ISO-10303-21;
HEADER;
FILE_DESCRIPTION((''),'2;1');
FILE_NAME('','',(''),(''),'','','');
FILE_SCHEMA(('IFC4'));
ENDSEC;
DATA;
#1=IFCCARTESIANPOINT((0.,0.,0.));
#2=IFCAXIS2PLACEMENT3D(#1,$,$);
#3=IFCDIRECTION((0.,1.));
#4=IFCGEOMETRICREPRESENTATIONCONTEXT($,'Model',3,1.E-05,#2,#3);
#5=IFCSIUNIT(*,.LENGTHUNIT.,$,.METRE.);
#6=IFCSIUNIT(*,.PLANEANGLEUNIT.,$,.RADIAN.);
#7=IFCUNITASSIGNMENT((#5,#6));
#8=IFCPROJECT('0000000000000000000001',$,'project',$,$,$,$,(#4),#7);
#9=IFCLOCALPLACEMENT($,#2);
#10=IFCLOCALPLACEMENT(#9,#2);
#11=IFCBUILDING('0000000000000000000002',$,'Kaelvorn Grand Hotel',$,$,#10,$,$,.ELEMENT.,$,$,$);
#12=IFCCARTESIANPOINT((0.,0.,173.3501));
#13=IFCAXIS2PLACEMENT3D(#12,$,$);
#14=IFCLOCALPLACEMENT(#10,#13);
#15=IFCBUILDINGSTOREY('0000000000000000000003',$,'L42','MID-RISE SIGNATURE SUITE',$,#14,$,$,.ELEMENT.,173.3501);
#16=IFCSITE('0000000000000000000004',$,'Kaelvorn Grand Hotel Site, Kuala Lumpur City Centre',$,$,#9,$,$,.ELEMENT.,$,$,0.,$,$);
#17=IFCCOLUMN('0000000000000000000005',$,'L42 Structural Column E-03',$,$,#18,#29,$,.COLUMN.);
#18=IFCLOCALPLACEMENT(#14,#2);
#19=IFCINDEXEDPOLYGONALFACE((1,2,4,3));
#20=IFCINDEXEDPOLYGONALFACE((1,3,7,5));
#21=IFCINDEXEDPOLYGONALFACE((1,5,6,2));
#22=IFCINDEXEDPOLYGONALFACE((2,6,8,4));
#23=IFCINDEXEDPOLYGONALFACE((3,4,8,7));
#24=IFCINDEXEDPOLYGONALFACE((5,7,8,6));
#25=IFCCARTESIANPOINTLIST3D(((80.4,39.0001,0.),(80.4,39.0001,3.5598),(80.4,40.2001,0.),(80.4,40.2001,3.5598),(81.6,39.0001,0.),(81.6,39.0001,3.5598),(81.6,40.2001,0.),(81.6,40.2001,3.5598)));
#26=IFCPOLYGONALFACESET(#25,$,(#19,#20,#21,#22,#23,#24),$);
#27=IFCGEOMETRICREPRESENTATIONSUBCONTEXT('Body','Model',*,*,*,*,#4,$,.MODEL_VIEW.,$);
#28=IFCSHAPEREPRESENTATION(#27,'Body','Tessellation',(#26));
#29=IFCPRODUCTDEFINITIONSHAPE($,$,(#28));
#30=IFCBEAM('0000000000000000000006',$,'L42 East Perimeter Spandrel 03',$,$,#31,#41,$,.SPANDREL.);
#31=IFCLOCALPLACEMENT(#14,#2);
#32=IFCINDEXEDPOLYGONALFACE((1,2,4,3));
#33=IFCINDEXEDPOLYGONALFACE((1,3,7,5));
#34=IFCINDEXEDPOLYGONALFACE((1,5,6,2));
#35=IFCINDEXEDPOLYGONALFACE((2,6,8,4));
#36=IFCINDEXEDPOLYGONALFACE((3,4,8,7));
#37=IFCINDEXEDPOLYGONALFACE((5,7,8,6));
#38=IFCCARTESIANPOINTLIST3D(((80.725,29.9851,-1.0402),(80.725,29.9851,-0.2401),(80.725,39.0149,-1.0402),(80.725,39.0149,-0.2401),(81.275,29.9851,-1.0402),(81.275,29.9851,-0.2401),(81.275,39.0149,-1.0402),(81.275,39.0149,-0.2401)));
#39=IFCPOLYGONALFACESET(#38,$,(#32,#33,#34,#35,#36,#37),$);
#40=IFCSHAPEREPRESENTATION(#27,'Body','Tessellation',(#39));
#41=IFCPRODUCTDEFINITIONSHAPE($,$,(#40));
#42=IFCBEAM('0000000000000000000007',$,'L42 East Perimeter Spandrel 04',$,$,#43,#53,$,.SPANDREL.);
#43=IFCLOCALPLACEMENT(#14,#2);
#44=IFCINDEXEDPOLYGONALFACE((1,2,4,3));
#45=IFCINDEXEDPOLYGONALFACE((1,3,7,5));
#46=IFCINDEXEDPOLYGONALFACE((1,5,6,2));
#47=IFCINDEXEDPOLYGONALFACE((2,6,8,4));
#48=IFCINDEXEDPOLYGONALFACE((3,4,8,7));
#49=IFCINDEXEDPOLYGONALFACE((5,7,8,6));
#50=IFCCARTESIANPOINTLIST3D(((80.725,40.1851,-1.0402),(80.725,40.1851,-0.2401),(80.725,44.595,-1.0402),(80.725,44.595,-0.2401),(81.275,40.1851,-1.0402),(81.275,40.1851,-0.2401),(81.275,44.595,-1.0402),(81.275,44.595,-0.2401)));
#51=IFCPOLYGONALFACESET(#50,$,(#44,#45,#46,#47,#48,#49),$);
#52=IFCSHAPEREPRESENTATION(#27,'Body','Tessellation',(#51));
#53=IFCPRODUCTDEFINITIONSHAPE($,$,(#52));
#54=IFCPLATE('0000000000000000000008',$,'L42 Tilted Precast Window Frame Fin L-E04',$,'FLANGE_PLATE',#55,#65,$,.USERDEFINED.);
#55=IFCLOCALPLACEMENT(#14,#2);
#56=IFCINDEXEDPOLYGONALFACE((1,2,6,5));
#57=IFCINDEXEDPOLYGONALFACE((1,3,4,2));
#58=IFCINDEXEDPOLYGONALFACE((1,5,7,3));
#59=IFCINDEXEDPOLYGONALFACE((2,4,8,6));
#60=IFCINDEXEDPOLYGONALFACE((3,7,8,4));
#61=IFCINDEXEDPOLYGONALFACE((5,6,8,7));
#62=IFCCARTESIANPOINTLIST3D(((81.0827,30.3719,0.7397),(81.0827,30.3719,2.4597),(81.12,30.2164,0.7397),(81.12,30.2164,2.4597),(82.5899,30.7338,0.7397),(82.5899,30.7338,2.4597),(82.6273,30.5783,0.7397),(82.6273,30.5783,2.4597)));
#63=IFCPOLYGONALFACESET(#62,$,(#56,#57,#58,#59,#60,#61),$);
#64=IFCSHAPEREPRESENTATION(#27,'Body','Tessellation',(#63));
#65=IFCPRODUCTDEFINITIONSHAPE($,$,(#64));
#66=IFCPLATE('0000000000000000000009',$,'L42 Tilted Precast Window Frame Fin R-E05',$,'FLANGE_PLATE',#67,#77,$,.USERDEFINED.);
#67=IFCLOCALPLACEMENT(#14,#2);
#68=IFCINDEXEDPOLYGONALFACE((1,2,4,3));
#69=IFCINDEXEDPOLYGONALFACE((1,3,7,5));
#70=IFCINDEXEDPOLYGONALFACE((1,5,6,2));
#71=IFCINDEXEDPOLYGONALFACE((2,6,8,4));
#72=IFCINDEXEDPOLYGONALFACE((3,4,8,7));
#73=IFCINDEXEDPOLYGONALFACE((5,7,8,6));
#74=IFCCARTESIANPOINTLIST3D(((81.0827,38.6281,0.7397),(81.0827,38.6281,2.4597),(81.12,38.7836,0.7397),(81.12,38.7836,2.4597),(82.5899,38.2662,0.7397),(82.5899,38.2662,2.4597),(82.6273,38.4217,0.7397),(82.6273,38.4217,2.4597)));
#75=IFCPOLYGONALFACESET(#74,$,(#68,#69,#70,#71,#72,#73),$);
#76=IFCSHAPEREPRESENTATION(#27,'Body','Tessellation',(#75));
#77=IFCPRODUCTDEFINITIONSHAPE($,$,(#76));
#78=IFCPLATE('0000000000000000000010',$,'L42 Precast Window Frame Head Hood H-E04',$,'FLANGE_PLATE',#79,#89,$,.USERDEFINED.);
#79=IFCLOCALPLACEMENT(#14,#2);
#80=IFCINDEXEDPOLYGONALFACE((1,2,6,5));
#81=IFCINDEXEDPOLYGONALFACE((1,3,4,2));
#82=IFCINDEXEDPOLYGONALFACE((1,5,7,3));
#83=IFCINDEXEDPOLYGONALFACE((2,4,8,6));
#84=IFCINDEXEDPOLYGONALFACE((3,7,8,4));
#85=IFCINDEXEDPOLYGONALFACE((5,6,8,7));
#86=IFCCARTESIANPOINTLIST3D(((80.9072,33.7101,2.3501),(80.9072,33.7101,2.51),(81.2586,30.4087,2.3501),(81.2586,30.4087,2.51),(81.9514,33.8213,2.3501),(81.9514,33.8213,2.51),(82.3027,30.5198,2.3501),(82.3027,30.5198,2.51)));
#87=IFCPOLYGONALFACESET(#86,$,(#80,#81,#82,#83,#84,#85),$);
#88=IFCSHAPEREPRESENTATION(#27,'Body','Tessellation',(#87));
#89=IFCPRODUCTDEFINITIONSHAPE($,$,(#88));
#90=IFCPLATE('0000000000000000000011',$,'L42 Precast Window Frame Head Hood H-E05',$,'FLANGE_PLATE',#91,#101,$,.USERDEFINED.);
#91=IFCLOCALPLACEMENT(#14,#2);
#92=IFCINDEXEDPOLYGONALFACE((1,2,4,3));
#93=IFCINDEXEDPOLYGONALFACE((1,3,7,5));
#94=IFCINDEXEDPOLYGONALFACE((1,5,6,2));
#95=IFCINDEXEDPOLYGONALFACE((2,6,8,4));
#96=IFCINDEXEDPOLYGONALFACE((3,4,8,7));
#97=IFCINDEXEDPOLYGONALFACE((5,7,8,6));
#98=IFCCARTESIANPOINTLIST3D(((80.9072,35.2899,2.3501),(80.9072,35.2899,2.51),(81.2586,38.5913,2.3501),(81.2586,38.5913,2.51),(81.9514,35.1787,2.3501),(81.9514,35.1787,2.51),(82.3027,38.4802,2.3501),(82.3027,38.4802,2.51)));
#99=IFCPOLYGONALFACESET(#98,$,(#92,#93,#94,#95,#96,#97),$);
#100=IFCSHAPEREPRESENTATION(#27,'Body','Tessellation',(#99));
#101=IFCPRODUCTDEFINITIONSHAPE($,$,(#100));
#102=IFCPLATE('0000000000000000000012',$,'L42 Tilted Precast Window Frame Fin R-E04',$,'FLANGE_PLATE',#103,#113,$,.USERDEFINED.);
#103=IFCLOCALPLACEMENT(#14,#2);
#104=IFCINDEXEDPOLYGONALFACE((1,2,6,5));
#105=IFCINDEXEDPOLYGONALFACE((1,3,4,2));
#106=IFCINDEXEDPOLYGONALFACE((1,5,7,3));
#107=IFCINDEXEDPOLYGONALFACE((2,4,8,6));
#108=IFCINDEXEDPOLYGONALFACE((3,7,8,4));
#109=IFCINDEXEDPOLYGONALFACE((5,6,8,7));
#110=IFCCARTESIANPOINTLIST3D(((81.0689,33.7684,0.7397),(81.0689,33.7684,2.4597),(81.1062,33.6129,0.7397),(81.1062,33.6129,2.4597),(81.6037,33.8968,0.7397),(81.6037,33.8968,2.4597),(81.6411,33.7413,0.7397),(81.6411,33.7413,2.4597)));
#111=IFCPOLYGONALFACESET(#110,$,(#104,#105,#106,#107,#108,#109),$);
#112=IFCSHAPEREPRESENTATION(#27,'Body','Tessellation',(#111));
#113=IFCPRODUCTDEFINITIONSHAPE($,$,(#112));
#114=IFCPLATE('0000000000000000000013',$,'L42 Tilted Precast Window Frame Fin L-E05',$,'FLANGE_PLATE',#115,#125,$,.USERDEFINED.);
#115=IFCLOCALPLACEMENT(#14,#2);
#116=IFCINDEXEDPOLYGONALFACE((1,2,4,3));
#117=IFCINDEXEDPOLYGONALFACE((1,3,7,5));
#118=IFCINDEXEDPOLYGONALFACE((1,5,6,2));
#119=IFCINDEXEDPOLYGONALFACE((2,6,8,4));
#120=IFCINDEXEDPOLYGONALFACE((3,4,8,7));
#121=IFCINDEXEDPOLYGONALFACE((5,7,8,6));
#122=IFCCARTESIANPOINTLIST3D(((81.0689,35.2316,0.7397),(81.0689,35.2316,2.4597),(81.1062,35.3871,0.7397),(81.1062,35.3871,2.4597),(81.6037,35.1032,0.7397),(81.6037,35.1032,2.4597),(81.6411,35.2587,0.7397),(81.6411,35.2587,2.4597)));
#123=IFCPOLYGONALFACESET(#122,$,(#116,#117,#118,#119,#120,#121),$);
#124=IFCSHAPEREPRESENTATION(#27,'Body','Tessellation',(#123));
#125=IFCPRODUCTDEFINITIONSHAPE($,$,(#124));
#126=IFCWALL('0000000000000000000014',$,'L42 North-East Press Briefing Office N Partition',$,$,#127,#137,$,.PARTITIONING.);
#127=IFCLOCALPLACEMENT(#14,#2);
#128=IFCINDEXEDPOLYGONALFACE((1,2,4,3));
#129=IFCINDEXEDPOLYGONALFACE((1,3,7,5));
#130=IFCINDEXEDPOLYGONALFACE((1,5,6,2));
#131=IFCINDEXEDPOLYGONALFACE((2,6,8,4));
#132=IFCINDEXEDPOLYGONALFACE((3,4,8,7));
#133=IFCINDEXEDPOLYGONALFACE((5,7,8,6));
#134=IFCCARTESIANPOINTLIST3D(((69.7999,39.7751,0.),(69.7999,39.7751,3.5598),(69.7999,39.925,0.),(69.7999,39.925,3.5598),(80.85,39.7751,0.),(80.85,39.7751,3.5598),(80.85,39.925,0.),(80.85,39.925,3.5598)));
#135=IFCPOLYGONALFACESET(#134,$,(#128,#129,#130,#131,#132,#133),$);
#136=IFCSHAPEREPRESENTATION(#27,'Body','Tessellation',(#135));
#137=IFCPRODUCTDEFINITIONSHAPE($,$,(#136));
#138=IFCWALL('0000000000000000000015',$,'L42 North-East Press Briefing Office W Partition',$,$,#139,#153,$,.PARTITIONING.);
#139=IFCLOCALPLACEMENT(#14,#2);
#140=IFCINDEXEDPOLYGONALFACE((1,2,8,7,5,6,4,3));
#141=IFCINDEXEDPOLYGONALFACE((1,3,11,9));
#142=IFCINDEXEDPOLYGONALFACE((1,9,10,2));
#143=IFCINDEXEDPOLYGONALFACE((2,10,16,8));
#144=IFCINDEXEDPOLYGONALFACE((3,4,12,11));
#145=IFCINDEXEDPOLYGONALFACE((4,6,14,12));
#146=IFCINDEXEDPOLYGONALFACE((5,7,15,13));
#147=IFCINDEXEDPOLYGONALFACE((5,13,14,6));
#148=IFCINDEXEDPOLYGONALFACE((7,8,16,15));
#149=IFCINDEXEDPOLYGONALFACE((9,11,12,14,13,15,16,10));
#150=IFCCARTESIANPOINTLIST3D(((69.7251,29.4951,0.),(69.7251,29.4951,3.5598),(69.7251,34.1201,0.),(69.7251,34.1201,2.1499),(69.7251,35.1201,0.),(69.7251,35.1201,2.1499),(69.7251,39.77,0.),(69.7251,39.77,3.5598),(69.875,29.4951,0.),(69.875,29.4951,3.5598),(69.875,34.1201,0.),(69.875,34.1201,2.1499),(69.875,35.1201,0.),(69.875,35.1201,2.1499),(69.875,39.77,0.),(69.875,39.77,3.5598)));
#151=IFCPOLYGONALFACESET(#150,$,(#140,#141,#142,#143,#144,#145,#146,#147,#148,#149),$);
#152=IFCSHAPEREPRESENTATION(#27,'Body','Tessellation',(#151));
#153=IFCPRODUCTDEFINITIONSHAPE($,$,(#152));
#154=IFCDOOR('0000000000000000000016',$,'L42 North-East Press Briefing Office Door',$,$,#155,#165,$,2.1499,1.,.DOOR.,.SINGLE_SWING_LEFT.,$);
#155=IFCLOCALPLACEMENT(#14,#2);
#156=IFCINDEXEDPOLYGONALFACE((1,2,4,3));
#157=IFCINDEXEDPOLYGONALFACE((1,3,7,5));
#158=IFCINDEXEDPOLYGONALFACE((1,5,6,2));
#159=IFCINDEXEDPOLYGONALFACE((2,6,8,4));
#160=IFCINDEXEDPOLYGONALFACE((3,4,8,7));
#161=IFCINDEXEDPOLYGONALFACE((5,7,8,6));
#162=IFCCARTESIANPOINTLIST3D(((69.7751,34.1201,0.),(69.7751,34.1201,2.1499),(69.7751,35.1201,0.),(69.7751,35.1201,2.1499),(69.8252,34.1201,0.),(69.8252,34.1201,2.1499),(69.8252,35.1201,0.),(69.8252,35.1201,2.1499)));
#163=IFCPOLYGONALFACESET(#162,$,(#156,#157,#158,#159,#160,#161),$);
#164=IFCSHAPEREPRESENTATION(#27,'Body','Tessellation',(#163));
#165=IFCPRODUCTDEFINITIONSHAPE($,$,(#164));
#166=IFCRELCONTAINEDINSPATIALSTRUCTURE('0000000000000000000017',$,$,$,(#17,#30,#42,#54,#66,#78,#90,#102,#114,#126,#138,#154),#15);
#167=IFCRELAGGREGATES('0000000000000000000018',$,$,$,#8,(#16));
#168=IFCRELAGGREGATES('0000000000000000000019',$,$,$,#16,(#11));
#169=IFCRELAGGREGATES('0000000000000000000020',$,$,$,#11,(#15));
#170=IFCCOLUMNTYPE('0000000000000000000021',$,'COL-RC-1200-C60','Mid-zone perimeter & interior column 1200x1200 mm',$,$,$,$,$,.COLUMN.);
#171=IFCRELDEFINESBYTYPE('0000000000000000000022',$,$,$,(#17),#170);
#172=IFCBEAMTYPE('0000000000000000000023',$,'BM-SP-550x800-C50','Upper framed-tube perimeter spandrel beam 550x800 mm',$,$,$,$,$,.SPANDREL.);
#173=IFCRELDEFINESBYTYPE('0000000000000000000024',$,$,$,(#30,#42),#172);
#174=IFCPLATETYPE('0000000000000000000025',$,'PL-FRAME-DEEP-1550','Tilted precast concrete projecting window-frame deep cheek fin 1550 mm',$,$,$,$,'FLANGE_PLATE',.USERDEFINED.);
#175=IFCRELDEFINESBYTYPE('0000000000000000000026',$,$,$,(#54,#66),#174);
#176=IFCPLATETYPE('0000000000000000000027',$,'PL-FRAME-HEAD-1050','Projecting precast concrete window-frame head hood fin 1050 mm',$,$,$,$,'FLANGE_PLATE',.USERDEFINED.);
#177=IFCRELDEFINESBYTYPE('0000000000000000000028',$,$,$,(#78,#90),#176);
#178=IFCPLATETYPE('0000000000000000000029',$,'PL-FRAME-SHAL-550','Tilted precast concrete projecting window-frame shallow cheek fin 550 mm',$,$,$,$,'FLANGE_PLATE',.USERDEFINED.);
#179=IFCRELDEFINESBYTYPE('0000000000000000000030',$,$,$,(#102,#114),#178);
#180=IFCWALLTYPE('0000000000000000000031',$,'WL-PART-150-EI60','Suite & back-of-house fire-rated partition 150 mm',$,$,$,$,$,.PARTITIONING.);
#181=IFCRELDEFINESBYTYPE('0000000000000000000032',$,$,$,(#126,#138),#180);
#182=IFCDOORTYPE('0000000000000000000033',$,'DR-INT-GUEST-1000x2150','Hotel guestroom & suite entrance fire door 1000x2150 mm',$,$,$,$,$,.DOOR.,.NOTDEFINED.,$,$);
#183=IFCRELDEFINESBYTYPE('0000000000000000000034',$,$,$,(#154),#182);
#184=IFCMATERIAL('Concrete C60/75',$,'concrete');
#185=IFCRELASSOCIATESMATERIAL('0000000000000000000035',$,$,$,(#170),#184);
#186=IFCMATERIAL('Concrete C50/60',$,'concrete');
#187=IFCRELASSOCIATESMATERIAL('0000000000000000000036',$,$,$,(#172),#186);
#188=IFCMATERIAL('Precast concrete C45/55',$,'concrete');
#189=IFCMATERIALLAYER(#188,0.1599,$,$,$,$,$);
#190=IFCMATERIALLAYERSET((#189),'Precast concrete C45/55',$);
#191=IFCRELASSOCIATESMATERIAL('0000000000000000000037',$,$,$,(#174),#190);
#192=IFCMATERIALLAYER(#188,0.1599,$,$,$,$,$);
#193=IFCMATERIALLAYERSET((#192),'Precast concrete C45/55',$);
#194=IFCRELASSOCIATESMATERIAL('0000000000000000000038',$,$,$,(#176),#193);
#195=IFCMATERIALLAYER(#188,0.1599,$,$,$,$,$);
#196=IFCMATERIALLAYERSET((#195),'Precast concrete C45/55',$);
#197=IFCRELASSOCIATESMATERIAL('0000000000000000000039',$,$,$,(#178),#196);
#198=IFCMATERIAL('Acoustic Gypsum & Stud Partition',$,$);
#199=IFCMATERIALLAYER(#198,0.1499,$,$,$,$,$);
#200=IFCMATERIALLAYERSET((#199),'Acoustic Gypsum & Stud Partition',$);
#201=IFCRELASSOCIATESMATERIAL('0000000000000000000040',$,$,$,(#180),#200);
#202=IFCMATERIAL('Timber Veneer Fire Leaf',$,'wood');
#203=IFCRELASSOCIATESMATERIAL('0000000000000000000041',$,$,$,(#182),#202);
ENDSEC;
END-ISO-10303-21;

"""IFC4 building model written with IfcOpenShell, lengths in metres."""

from ifc_helpers import new_model, si_unit, direction, frame, frame_2d, origin, origin_2d, place, context, subcontext, project, spatial, rectangle, extrude, material, layer, layer_set, material_profile, profile_set, type_object, element, fill, save


model = new_model("IFC4")

# Units and contexts
model_context = context("Model", 3, precision=1e-05, world=origin(), true_north=direction((0.0, 1.0)))
body_context = subcontext(model_context, "Body", "Model", "MODEL_VIEW")
ifc_project = project(units=[si_unit("LENGTHUNIT", "METRE"), si_unit("PLANEANGLEUNIT", "RADIAN")], contexts=[model_context])

# Site, building, storey
site_placement = place(None, origin())
site = spatial("IfcSite", under=ifc_project, at=site_placement, Name="Kaelvorn Grand Hotel Site, Kuala Lumpur City Centre", CompositionType="ELEMENT", RefElevation=0.0)
building_placement = place(site_placement, origin())
building = spatial("IfcBuilding", under=site, at=building_placement, Name="Kaelvorn Grand Hotel", CompositionType="ELEMENT")
storey_placement = place(building_placement, frame((0.0, 0.0, 173.3501)))
storey = spatial("IfcBuildingStorey", under=building, at=storey_placement, Name="L42", Description="MID-RISE SIGNATURE SUITE", CompositionType="ELEMENT", Elevation=173.3501)

# Column
ifc_material_1 = material(Name="Concrete C60/75", Category="concrete")
ifc_material_profile_1 = material_profile(ifc_material_1, rectangle(XDim=1.2, YDim=1.2, at=origin_2d()), Name="RC COL 1200x1200")
ifc_profile_set_1 = profile_set([ifc_material_profile_1], Name="Concrete C60/75")
column_type = type_object("IfcColumnType", Name="COL-RC-1200-C60", Description="Mid-zone perimeter & interior column 1200x1200 mm", PredefinedType="COLUMN", material=ifc_profile_set_1)
column_placement = place(storey_placement, frame((81.0, 39.6001, 0.0), z_axis=(0.0, 0.0, 1.0), x_axis=(1.0, 0.0, 0.0)))
element("IfcColumn", 1, at=column_placement, inside=storey, type_object=column_type, Name="L42 Structural Column E-03", PredefinedType="COLUMN", context=body_context, shape_type="SweptSolid", body=[
    extrude(rectangle(XDim=1.2, YDim=1.2, at=origin_2d()), origin(), (0.0, 0.0, 1.0), 3.5598),
])

# Beams
ifc_material_2 = material(Name="Concrete C50/60", Category="concrete")
ifc_material_profile_2 = material_profile(ifc_material_2, rectangle(XDim=0.55, YDim=0.8, at=origin_2d()), Name="RC SPANDREL 550x800")
ifc_profile_set_2 = profile_set([ifc_material_profile_2], Name="Concrete C50/60")
beam_type = type_object("IfcBeamType", Name="BM-SP-550x800-C50", Description="Upper framed-tube perimeter spandrel beam 550x800 mm", PredefinedType="SPANDREL", material=ifc_profile_set_2)
beam_1_placement = place(storey_placement, frame((81.0, 29.9851, -0.6401), z_axis=(0.0, 1.0, 0.0), x_axis=(-1.0, 0.0, 0.0)))
element("IfcBeam", 2, at=beam_1_placement, inside=storey, type_object=beam_type, Name="L42 East Perimeter Spandrel 03", PredefinedType="SPANDREL", context=body_context, shape_type="SweptSolid", body=[
    extrude(rectangle(XDim=0.55, YDim=0.8, at=origin_2d()), origin(), (0.0, 0.0, 1.0), 9.0298),
])
beam_2_placement = place(storey_placement, frame((81.0, 40.1851, -0.6401), z_axis=(0.0, 1.0, 0.0), x_axis=(-1.0, 0.0, 0.0)))
element("IfcBeam", 3, at=beam_2_placement, inside=storey, type_object=beam_type, Name="L42 East Perimeter Spandrel 04", PredefinedType="SPANDREL", context=body_context, shape_type="SweptSolid", body=[
    extrude(rectangle(XDim=0.55, YDim=0.8, at=origin_2d()), origin(), (0.0, 0.0, 1.0), 4.4099),
])

# Plates
ifc_material_3 = material(Name="Precast concrete C45/55", Category="concrete")
ifc_layer_1 = layer(ifc_material_3, 0.1599)
ifc_layer_set_1 = layer_set([ifc_layer_1], Name="Precast concrete C45/55")
plate_type_1 = type_object("IfcPlateType", Name="PL-FRAME-DEEP-1550", Description="Tilted precast concrete projecting window-frame deep cheek fin 1550 mm", ElementType="FLANGE_PLATE", PredefinedType="USERDEFINED", material=ifc_layer_set_1)
for number, where, z_axis, x_axis, name in (
    (4, (81.855, 30.4751, 0.7397), (0.0, 0.0, 1.0), (-0.233445, 0.97237, 0.0), "L42 Tilted Precast Window Frame Fin L-E04"),
    (5, (81.855, 38.5249, 0.7397), (0.0, 0.0, 1.0), (0.233445, 0.97237, 0.0), "L42 Tilted Precast Window Frame Fin R-E05"),
):
    element("IfcPlate", number, at=place(storey_placement, frame(where, z_axis=z_axis, x_axis=x_axis)), inside=storey, type_object=plate_type_1, Name=name, ObjectType="FLANGE_PLATE", PredefinedType="USERDEFINED", context=body_context, shape_type="SweptSolid", body=[
        extrude(rectangle(XDim=0.1599, YDim=1.55, at=origin_2d()), origin(), (0.0, 0.0, 1.0), 1.72),
    ])
ifc_layer_2 = layer(ifc_material_3, 0.1599)
ifc_layer_set_2 = layer_set([ifc_layer_2], Name="Precast concrete C45/55")
plate_type_2 = type_object("IfcPlateType", Name="PL-FRAME-HEAD-1050", Description="Projecting precast concrete window-frame head hood fin 1050 mm", ElementType="FLANGE_PLATE", PredefinedType="USERDEFINED", material=ifc_layer_set_2)
for number, where, z_axis, x_axis, name in (
    (6, (81.605, 32.115, 2.3501), (0.0, 0.0, 1.0), (-0.10583, 0.994384, 0.0), "L42 Precast Window Frame Head Hood H-E04"),
    (7, (81.605, 36.885, 2.3501), (0.0, 0.0, 1.0), (0.10583, 0.994384, 0.0), "L42 Precast Window Frame Head Hood H-E05"),
):
    element("IfcPlate", number, at=place(storey_placement, frame(where, z_axis=z_axis, x_axis=x_axis)), inside=storey, type_object=plate_type_2, Name=name, ObjectType="FLANGE_PLATE", PredefinedType="USERDEFINED", context=body_context, shape_type="SweptSolid", body=[
        extrude(rectangle(XDim=3.3201, YDim=1.05, at=origin_2d()), origin(), (0.0, 0.0, 1.0), 0.1599),
    ])
ifc_layer_3 = layer(ifc_material_3, 0.1599)
ifc_layer_set_3 = layer_set([ifc_layer_3], Name="Precast concrete C45/55")
plate_type_3 = type_object("IfcPlateType", Name="PL-FRAME-SHAL-550", Description="Tilted precast concrete projecting window-frame shallow cheek fin 550 mm", ElementType="FLANGE_PLATE", PredefinedType="USERDEFINED", material=ifc_layer_set_3)
for number, where, z_axis, x_axis, name in (
    (8, (81.355, 33.7549, 0.7397), (0.0, 0.0, 1.0), (-0.233445, 0.97237, 0.0), "L42 Tilted Precast Window Frame Fin R-E04"),
    (9, (81.355, 35.2451, 0.7397), (0.0, 0.0, 1.0), (0.233445, 0.97237, 0.0), "L42 Tilted Precast Window Frame Fin L-E05"),
):
    element("IfcPlate", number, at=place(storey_placement, frame(where, z_axis=z_axis, x_axis=x_axis)), inside=storey, type_object=plate_type_3, Name=name, ObjectType="FLANGE_PLATE", PredefinedType="USERDEFINED", context=body_context, shape_type="SweptSolid", body=[
        extrude(rectangle(XDim=0.1599, YDim=0.55, at=origin_2d()), origin(), (0.0, 0.0, 1.0), 1.72),
    ])

# Wall
ifc_material_4 = material(Name="Acoustic Gypsum & Stud Partition")
ifc_layer_4 = layer(ifc_material_4, 0.1499)
ifc_layer_set_4 = layer_set([ifc_layer_4], Name="Acoustic Gypsum & Stud Partition")
wall_type = type_object("IfcWallType", Name="WL-PART-150-EI60", Description="Suite & back-of-house fire-rated partition 150 mm", PredefinedType="PARTITIONING", material=ifc_layer_set_4)
wall_1_placement = place(storey_placement, frame((69.8, 39.8501, 0.0), z_axis=(0.0, 0.0, 1.0), x_axis=(1.0, 0.0, 0.0)))
element("IfcWall", 10, at=wall_1_placement, inside=storey, type_object=wall_type, Name="L42 North-East Press Briefing Office N Partition", PredefinedType="PARTITIONING", context=body_context, shape_type="SweptSolid", body=[
    extrude(rectangle(XDim=11.05, YDim=0.1499, at=frame_2d((5.5249, 0.0))), origin(), (0.0, 0.0, 1.0), 3.5598),
])

# Wall, opening, door
wall_2_placement = place(storey_placement, frame((69.8, 29.4951, 0.0), z_axis=(0.0, 0.0, 1.0), x_axis=(0.0, 1.0, 0.0)))
wall_2 = element("IfcWall", 11, at=wall_2_placement, inside=storey, type_object=wall_type, Name="L42 North-East Press Briefing Office W Partition", PredefinedType="PARTITIONING", context=body_context, shape_type="SweptSolid", body=[
    extrude(rectangle(XDim=10.2749, YDim=0.1499, at=frame_2d((5.1375, 0.0))), origin(), (0.0, 0.0, 1.0), 3.5598),
])
opening_1_placement = place(wall_2_placement, frame((4.625, 0.0, 0.0)))
opening_1 = element("IfcOpeningElement", 12, at=opening_1_placement, cuts=wall_2, PredefinedType="OPENING", context=body_context, shape_type="SweptSolid", body=[
    extrude(rectangle(XDim=1.0, YDim=2.1499, at=frame_2d((0.5, 1.075))), frame((0.0, 0.085, 0.0), z_axis=(0.0, -1.0, 0.0), x_axis=(1.0, 0.0, 0.0)), (0.0, 0.0, 1.0), 0.1699),
])
ifc_material_5 = material(Name="Timber Veneer Fire Leaf", Category="wood")
door_type = type_object("IfcDoorType", Name="DR-INT-GUEST-1000x2150", Description="Hotel guestroom & suite entrance fire door 1000x2150 mm", OperationType="NOTDEFINED", PredefinedType="DOOR", material=ifc_material_5)
door_1_placement = place(opening_1_placement, origin())
door_1 = element("IfcDoor", 13, at=door_1_placement, inside=storey, type_object=door_type, Name="L42 North-East Press Briefing Office Door", OperationType="SINGLE_SWING_LEFT", OverallHeight=2.1499, OverallWidth=1.0, PredefinedType="DOOR", context=body_context, shape_type="SweptSolid", body=[
    extrude(rectangle(XDim=1.0, YDim=2.1499, at=frame_2d((0.5, 1.075))), frame((0.0, 0.0249, 0.0), z_axis=(0.0, -1.0, 0.0), x_axis=(1.0, 0.0, 0.0)), (0.0, 0.0, 1.0), 0.05),
])
fill(opening_1, door_1)

save(model, "model.ifc")
